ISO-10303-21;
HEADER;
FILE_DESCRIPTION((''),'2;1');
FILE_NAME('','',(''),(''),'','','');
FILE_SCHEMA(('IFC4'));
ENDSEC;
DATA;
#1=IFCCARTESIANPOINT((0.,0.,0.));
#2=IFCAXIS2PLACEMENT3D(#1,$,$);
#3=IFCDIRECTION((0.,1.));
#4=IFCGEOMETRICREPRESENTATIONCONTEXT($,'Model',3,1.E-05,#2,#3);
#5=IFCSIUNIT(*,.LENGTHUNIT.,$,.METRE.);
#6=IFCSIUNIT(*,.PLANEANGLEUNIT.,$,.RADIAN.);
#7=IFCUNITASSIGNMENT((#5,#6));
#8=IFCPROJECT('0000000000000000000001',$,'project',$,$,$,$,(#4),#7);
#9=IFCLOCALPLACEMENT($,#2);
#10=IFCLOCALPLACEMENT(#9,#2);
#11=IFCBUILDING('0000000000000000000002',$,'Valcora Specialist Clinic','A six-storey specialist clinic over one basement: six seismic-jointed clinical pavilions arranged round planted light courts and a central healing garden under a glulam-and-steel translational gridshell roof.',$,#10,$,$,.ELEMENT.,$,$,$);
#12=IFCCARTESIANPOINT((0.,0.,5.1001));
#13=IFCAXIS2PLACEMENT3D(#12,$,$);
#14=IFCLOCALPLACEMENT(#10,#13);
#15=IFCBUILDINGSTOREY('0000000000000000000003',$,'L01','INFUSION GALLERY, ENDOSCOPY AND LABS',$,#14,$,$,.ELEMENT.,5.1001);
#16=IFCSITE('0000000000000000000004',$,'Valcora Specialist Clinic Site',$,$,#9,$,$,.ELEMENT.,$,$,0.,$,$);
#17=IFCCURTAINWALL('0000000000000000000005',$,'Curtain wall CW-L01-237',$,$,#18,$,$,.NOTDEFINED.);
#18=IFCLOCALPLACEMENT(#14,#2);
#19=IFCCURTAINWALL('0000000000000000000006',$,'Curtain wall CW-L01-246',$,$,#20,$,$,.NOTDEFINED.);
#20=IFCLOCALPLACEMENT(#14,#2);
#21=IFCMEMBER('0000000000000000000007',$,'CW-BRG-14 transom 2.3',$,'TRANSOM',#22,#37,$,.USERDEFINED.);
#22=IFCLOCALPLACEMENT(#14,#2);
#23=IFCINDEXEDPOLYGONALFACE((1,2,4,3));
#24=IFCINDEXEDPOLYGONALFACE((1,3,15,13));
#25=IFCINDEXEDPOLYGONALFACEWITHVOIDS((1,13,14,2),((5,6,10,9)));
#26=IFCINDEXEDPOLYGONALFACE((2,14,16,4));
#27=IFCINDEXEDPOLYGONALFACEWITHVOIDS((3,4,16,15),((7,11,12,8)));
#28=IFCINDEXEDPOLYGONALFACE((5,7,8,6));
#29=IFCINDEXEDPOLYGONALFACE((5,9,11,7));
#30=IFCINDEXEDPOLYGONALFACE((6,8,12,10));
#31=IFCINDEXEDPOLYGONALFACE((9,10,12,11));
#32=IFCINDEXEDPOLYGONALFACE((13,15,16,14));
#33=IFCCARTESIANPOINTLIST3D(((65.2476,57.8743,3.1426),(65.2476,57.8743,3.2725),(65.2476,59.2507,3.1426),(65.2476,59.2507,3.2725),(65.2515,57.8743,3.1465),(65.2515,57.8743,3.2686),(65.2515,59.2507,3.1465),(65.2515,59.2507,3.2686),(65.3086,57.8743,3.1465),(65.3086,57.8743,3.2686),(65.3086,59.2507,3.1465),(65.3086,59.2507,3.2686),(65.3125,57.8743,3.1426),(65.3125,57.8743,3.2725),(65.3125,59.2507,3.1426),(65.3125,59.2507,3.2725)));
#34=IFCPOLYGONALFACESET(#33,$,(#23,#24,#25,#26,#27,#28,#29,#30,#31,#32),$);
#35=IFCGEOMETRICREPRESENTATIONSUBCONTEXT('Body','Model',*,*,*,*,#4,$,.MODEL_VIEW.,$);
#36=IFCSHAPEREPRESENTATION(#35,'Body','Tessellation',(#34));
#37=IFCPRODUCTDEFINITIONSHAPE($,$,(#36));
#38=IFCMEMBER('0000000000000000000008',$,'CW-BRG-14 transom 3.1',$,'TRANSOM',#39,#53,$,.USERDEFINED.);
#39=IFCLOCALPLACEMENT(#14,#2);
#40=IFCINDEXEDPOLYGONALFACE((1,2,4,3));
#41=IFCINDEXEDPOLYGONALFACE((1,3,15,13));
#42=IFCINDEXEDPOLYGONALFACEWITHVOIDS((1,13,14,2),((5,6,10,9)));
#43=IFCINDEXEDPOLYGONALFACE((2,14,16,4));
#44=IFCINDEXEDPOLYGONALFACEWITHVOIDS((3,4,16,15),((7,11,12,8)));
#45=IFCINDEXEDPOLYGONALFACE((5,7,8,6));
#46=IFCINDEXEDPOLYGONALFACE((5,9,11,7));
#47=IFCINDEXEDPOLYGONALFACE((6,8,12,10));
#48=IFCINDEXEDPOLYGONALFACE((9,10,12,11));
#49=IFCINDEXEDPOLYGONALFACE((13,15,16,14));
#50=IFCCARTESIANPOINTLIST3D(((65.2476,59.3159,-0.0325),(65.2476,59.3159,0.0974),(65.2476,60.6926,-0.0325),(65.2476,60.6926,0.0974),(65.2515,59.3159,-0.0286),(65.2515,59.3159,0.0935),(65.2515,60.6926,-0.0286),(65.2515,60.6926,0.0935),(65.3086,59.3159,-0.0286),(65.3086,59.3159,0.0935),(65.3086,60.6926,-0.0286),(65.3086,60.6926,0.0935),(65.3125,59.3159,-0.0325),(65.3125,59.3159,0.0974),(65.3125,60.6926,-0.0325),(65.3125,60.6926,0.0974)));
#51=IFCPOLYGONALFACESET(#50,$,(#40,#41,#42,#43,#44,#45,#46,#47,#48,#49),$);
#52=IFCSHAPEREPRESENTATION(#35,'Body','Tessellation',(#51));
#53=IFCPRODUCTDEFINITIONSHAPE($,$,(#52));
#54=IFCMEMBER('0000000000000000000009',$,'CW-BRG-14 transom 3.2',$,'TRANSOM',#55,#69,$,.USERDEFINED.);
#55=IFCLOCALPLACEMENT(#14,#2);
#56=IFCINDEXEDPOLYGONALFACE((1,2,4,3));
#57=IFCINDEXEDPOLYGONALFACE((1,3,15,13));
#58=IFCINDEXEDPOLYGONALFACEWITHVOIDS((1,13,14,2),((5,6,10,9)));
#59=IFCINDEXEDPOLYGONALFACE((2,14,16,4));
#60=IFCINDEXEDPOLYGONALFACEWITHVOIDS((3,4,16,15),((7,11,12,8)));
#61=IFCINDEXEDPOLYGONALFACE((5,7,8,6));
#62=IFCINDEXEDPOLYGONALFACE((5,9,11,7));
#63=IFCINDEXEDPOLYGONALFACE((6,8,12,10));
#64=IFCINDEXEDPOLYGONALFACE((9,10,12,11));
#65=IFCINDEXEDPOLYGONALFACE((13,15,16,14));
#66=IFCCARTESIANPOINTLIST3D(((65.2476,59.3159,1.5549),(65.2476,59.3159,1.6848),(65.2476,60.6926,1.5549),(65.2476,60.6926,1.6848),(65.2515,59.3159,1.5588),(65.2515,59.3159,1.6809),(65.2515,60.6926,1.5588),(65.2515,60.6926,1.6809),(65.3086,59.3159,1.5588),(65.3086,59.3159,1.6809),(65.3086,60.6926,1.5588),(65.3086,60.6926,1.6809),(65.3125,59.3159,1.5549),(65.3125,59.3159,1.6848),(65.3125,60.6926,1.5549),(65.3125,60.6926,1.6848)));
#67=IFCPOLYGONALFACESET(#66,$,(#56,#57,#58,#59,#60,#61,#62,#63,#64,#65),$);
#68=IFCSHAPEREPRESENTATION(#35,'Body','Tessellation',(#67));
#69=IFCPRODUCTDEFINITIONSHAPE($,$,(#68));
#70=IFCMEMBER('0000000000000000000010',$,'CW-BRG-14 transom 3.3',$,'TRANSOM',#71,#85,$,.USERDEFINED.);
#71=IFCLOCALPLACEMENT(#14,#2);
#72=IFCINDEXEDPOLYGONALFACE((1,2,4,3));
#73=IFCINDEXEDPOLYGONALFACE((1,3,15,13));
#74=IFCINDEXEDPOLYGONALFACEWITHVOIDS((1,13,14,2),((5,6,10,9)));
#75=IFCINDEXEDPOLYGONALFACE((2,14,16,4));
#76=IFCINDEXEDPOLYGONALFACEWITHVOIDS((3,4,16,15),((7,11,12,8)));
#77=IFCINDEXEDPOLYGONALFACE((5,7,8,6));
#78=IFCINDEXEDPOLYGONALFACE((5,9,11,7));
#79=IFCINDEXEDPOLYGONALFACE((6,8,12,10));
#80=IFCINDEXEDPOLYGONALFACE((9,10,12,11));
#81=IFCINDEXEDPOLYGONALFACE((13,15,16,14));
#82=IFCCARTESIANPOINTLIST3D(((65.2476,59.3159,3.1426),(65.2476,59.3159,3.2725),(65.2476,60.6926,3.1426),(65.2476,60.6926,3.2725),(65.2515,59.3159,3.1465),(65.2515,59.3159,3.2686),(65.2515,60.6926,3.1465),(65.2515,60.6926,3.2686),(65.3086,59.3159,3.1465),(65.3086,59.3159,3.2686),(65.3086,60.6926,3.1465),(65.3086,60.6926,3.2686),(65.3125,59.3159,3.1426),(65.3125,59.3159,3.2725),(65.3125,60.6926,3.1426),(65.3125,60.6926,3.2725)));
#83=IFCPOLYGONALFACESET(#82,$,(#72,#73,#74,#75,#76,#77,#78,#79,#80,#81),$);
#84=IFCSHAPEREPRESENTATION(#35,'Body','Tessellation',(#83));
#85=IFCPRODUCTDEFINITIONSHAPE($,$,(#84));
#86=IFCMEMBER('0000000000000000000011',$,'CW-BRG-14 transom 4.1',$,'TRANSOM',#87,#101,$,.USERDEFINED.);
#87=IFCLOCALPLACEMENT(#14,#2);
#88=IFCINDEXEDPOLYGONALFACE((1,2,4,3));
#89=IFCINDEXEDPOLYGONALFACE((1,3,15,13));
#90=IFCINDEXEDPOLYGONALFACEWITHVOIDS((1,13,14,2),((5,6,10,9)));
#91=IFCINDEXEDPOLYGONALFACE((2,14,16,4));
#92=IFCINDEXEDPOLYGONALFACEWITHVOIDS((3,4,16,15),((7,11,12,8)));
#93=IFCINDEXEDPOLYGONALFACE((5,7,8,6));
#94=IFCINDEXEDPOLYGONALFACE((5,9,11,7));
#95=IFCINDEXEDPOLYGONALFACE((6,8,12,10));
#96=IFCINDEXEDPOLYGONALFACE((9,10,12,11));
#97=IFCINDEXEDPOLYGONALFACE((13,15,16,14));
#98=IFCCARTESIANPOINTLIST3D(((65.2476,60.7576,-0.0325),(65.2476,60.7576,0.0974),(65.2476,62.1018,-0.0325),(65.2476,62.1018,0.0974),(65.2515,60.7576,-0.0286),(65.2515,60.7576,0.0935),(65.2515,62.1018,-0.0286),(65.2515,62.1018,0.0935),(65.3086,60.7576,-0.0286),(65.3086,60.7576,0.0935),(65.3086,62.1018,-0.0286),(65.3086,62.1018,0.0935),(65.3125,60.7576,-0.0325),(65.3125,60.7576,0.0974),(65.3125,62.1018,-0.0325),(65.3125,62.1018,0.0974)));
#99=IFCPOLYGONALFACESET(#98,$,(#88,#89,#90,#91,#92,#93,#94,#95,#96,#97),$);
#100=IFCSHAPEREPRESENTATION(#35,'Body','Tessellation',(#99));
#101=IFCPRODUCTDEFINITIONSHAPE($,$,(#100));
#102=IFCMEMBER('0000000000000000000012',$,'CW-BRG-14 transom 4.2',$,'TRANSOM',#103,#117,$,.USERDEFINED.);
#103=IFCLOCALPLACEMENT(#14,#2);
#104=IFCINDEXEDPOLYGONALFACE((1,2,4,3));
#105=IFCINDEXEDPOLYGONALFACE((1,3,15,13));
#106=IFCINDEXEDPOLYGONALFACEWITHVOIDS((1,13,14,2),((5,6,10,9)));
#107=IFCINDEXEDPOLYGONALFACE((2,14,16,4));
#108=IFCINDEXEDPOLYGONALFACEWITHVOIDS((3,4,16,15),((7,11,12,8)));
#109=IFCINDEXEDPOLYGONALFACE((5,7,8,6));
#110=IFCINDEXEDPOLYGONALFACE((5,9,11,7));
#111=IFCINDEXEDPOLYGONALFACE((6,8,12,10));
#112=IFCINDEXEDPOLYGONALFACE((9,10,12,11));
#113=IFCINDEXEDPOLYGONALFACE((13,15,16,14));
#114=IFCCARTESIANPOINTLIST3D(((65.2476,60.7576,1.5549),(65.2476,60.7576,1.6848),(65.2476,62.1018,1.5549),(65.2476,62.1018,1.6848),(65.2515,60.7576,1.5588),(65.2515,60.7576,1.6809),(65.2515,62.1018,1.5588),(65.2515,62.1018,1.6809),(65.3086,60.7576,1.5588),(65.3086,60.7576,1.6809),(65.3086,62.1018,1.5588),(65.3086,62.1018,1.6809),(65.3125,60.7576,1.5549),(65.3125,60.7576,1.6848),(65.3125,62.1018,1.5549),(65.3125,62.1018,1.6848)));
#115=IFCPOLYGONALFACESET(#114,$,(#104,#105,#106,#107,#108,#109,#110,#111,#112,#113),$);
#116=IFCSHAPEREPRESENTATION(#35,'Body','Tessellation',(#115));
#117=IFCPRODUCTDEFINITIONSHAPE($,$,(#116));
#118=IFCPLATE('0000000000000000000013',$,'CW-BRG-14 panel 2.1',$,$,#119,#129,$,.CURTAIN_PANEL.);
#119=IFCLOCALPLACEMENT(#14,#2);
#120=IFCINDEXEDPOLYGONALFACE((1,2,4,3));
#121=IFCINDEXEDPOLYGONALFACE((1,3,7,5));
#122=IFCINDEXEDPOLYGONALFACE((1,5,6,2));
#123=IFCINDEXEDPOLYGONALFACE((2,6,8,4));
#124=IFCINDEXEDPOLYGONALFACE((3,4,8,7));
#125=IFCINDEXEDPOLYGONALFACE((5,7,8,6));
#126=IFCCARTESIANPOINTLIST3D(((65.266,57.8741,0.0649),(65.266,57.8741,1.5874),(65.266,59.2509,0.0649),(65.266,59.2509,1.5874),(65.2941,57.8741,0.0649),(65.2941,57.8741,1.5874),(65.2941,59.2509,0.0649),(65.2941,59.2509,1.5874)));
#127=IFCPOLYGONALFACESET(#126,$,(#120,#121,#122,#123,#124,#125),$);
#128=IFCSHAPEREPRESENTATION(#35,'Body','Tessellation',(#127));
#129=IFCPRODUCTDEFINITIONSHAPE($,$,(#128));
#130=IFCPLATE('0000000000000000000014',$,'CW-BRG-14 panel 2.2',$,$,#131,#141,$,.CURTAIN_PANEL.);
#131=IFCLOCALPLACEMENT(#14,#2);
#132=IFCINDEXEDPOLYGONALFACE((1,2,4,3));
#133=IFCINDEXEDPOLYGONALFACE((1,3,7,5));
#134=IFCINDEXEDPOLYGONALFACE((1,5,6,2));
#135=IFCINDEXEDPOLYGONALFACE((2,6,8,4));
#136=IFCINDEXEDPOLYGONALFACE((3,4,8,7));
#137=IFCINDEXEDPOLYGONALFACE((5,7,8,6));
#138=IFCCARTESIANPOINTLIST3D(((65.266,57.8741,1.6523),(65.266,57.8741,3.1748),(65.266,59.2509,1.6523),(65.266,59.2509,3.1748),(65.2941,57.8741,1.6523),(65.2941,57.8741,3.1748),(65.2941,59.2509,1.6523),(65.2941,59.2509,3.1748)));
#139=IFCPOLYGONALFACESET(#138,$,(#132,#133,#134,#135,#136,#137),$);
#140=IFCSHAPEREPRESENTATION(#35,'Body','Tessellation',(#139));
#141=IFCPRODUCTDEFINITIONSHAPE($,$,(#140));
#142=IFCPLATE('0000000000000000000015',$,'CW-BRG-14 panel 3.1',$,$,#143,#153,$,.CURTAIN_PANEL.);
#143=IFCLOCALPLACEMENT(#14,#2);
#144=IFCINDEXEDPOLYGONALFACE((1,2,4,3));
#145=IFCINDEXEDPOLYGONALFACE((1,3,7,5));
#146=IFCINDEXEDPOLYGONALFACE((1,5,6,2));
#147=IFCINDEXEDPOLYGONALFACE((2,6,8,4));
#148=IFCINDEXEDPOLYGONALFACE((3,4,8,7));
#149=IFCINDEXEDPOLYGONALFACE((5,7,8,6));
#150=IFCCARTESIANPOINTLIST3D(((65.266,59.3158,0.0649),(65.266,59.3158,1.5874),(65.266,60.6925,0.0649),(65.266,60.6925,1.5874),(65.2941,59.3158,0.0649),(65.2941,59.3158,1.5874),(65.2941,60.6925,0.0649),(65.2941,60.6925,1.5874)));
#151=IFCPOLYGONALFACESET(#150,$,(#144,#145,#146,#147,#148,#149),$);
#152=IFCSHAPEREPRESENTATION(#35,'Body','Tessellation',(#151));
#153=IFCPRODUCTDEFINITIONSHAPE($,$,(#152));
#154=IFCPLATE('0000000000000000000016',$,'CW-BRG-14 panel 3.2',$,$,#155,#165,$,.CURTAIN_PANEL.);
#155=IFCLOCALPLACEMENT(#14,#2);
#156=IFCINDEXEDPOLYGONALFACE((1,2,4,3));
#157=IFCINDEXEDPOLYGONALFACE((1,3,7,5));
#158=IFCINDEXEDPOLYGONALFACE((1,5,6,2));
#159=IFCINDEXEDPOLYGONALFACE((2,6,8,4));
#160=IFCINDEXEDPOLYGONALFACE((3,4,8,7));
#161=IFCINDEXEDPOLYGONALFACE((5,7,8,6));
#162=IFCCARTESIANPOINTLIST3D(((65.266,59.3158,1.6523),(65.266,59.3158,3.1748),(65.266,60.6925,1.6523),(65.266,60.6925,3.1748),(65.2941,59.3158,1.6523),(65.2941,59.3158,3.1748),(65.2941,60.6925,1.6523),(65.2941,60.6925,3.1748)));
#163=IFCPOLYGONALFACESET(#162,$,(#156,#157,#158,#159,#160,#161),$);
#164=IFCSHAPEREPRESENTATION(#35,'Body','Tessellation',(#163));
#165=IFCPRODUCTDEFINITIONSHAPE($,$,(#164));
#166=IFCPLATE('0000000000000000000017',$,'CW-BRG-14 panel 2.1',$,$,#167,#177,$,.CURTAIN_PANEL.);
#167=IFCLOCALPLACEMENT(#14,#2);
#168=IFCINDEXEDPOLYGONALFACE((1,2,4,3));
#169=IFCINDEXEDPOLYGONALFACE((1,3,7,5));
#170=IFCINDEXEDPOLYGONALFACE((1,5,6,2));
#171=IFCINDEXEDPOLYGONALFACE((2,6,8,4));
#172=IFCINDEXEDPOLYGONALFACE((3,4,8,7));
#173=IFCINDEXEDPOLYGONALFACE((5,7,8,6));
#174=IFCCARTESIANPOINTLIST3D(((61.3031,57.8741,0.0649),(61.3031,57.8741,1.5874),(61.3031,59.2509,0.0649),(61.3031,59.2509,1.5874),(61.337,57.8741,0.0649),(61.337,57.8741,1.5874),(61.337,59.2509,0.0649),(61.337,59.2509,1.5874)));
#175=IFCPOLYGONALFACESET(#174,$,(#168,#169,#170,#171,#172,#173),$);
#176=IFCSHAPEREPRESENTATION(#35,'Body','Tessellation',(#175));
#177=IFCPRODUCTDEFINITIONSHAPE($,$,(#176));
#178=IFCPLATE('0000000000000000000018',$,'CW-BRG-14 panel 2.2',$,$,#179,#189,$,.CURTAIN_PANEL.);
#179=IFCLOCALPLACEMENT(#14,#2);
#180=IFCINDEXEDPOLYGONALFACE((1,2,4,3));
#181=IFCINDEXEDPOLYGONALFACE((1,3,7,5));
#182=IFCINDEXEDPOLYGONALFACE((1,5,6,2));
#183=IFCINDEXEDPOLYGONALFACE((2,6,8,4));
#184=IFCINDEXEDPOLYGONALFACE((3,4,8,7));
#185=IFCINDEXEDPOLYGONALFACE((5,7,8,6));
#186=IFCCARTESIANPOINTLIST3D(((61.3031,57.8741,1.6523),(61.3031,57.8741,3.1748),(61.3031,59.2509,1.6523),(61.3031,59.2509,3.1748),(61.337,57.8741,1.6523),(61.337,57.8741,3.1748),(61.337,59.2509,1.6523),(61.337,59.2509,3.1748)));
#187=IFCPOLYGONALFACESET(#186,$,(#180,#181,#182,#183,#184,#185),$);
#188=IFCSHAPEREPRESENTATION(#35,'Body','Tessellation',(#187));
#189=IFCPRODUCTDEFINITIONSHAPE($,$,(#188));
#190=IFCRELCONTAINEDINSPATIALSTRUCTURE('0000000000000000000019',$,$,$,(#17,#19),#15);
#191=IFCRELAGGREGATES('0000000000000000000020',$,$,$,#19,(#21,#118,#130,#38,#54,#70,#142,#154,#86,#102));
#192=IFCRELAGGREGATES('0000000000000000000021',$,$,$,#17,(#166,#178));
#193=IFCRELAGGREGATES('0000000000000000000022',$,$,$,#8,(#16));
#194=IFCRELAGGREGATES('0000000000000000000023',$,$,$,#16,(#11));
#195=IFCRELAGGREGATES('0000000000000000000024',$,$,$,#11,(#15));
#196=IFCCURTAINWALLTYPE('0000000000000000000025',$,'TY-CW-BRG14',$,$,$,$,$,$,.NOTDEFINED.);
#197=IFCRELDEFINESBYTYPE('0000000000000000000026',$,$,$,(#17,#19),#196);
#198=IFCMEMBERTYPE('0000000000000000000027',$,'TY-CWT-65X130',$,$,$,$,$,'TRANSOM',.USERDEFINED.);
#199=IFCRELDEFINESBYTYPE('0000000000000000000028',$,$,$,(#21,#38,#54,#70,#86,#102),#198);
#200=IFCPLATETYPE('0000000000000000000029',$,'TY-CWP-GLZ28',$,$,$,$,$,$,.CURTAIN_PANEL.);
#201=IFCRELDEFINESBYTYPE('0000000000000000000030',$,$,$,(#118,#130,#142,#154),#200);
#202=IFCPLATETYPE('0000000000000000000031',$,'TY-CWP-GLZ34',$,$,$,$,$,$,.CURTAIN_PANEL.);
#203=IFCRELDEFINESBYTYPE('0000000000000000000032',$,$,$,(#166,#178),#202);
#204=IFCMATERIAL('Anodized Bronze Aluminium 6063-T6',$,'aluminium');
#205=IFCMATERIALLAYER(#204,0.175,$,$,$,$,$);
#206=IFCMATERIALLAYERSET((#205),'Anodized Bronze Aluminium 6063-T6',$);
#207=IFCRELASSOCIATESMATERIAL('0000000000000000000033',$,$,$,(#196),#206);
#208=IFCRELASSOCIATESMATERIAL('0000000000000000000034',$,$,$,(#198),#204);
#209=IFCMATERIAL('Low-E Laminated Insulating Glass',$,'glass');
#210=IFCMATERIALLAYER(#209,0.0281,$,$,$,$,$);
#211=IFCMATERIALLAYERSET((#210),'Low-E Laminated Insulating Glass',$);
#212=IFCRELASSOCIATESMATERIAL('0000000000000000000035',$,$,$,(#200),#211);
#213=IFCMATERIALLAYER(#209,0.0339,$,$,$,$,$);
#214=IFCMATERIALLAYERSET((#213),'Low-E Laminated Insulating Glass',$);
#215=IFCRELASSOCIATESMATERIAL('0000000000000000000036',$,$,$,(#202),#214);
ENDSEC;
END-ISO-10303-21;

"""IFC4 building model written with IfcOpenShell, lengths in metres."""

from ifc_helpers import new_model, si_unit, direction, frame, origin, origin_2d, place, context, subcontext, project, spatial, rectangle, hollow_rectangle, extrude, material, layer, layer_set, material_profile, profile_set, type_object, element, aggregate, save


model = new_model("IFC4")

# Units and contexts
model_context = context("Model", 3, precision=1e-05, world=origin(), true_north=direction((0.0, 1.0)))
body_context = subcontext(model_context, "Body", "Model", "MODEL_VIEW")
ifc_project = project(units=[si_unit("LENGTHUNIT", "METRE"), si_unit("PLANEANGLEUNIT", "RADIAN")], contexts=[model_context])

# Site, building, storey
site_placement = place(None, origin())
site = spatial("IfcSite", under=ifc_project, at=site_placement, Name="Valcora Specialist Clinic Site", CompositionType="ELEMENT", RefElevation=0.0)
building_placement = place(site_placement, origin())
building = spatial("IfcBuilding", under=site, at=building_placement, Name="Valcora Specialist Clinic", Description="A six-storey specialist clinic over one basement: six seismic-jointed clinical pavilions arranged round planted light courts and a central healing garden under a glulam-and-steel translational gridshell roof.", CompositionType="ELEMENT")
storey_placement = place(building_placement, frame((0.0, 0.0, 5.1001)))
storey = spatial("IfcBuildingStorey", under=building, at=storey_placement, Name="L01", Description="INFUSION GALLERY, ENDOSCOPY AND LABS", CompositionType="ELEMENT", Elevation=5.1001)

# Curtain walls
ifc_material_1 = material(Name="Anodized Bronze Aluminium 6063-T6", Category="aluminium")
ifc_layer_1 = layer(ifc_material_1, 0.175)
ifc_layer_set_1 = layer_set([ifc_layer_1], Name="Anodized Bronze Aluminium 6063-T6")
curtain_wall_type = type_object("IfcCurtainWallType", Name="TY-CW-BRG14", PredefinedType="NOTDEFINED", material=ifc_layer_set_1)
curtain_wall_1_placement = place(storey_placement, origin())
curtain_wall_1 = element("IfcCurtainWall", 1, at=curtain_wall_1_placement, inside=storey, type_object=curtain_wall_type, Name="Curtain wall CW-L01-237", PredefinedType="NOTDEFINED")
curtain_wall_2_placement = place(storey_placement, origin())
curtain_wall_2 = element("IfcCurtainWall", 2, at=curtain_wall_2_placement, inside=storey, type_object=curtain_wall_type, Name="Curtain wall CW-L01-246", PredefinedType="NOTDEFINED")

# Members
ifc_material_profile_1 = material_profile(ifc_material_1, hollow_rectangle(XDim=0.0649, YDim=0.1299, WallThickness=0.0039, at=origin_2d()), Name="AL-TRN-65X130")
ifc_profile_set_1 = profile_set([ifc_material_profile_1], Name="Anodized Bronze Aluminium 6063-T6")
member_type_1 = type_object("IfcMemberType", Name="TY-CWT-65X130", ElementType="TRANSOM", PredefinedType="USERDEFINED", material=ifc_profile_set_1)
member_1_placement = place(storey_placement, frame((65.28, 57.8743, 3.2075), z_axis=(0.0, 1.0, 0.0), x_axis=(-1.0, 0.0, 0.0)))
member_1 = element("IfcMember", 3, at=member_1_placement, type_object=member_type_1, Name="CW-BRG-14 transom 2.3", ObjectType="TRANSOM", PredefinedType="USERDEFINED", context=body_context, shape_type="SweptSolid", body=[
    extrude(hollow_rectangle(XDim=0.0649, YDim=0.1299, WallThickness=0.0039, at=origin_2d()), origin(), (0.0, 0.0, 1.0), 1.3765),
])
member_2_placement = place(storey_placement, frame((65.28, 59.3159, 0.0325), z_axis=(0.0, 1.0, 0.0), x_axis=(-1.0, 0.0, 0.0)))
member_2 = element("IfcMember", 4, at=member_2_placement, type_object=member_type_1, Name="CW-BRG-14 transom 3.1", ObjectType="TRANSOM", PredefinedType="USERDEFINED", context=body_context, shape_type="SweptSolid", body=[
    extrude(hollow_rectangle(XDim=0.0649, YDim=0.1299, WallThickness=0.0039, at=origin_2d()), origin(), (0.0, 0.0, 1.0), 1.3767),
])
member_3_placement = place(storey_placement, frame((65.28, 59.3159, 1.6199), z_axis=(0.0, 1.0, 0.0), x_axis=(-1.0, 0.0, 0.0)))
member_3 = element("IfcMember", 5, at=member_3_placement, type_object=member_type_1, Name="CW-BRG-14 transom 3.2", ObjectType="TRANSOM", PredefinedType="USERDEFINED", context=body_context, shape_type="SweptSolid", body=[
    extrude(hollow_rectangle(XDim=0.0649, YDim=0.1299, WallThickness=0.0039, at=origin_2d()), origin(), (0.0, 0.0, 1.0), 1.3767),
])
member_4_placement = place(storey_placement, frame((65.28, 59.3159, 3.2075), z_axis=(0.0, 1.0, 0.0), x_axis=(-1.0, 0.0, 0.0)))
member_4 = element("IfcMember", 6, at=member_4_placement, type_object=member_type_1, Name="CW-BRG-14 transom 3.3", ObjectType="TRANSOM", PredefinedType="USERDEFINED", context=body_context, shape_type="SweptSolid", body=[
    extrude(hollow_rectangle(XDim=0.0649, YDim=0.1299, WallThickness=0.0039, at=origin_2d()), origin(), (0.0, 0.0, 1.0), 1.3767),
])
member_5_placement = place(storey_placement, frame((65.28, 60.7576, 0.0325), z_axis=(0.0, 1.0, 0.0), x_axis=(-1.0, 0.0, 0.0)))
member_5 = element("IfcMember", 7, at=member_5_placement, type_object=member_type_1, Name="CW-BRG-14 transom 4.1", ObjectType="TRANSOM", PredefinedType="USERDEFINED", context=body_context, shape_type="SweptSolid", body=[
    extrude(hollow_rectangle(XDim=0.0649, YDim=0.1299, WallThickness=0.0039, at=origin_2d()), origin(), (0.0, 0.0, 1.0), 1.3442),
])
member_6_placement = place(storey_placement, frame((65.28, 60.7576, 1.6199), z_axis=(0.0, 1.0, 0.0), x_axis=(-1.0, 0.0, 0.0)))
member_6 = element("IfcMember", 8, at=member_6_placement, type_object=member_type_1, Name="CW-BRG-14 transom 4.2", ObjectType="TRANSOM", PredefinedType="USERDEFINED", context=body_context, shape_type="SweptSolid", body=[
    extrude(hollow_rectangle(XDim=0.0649, YDim=0.1299, WallThickness=0.0039, at=origin_2d()), origin(), (0.0, 0.0, 1.0), 1.3442),
])

# Plates
ifc_material_2 = material(Name="Low-E Laminated Insulating Glass", Category="glass")
ifc_layer_2 = layer(ifc_material_2, 0.0281)
ifc_layer_set_2 = layer_set([ifc_layer_2], Name="Low-E Laminated Insulating Glass")
plate_type_1 = type_object("IfcPlateType", Name="TY-CWP-GLZ28", PredefinedType="CURTAIN_PANEL", material=ifc_layer_set_2)
plate_1_placement = place(storey_placement, frame((65.28, 58.5625, 0.0649), z_axis=(0.0, 0.0, 1.0), x_axis=(0.0, 1.0, 0.0)))
plate_1 = element("IfcPlate", 9, at=plate_1_placement, type_object=plate_type_1, Name="CW-BRG-14 panel 2.1", PredefinedType="CURTAIN_PANEL", context=body_context, shape_type="SweptSolid", body=[
    extrude(rectangle(XDim=1.3767, YDim=0.0281, at=origin_2d()), origin(), (0.0, 0.0, 1.0), 1.5225),
])
plate_2_placement = place(storey_placement, frame((65.28, 58.5625, 1.6523), z_axis=(0.0, 0.0, 1.0), x_axis=(0.0, 1.0, 0.0)))
plate_2 = element("IfcPlate", 10, at=plate_2_placement, type_object=plate_type_1, Name="CW-BRG-14 panel 2.2", PredefinedType="CURTAIN_PANEL", context=body_context, shape_type="SweptSolid", body=[
    extrude(rectangle(XDim=1.3767, YDim=0.0281, at=origin_2d()), origin(), (0.0, 0.0, 1.0), 1.5225),
])
plate_3_placement = place(storey_placement, frame((65.28, 60.0042, 0.0649), z_axis=(0.0, 0.0, 1.0), x_axis=(0.0, 1.0, 0.0)))
plate_3 = element("IfcPlate", 11, at=plate_3_placement, type_object=plate_type_1, Name="CW-BRG-14 panel 3.1", PredefinedType="CURTAIN_PANEL", context=body_context, shape_type="SweptSolid", body=[
    extrude(rectangle(XDim=1.3767, YDim=0.0281, at=origin_2d()), origin(), (0.0, 0.0, 1.0), 1.5225),
])
plate_4_placement = place(storey_placement, frame((65.28, 60.0042, 1.6523), z_axis=(0.0, 0.0, 1.0), x_axis=(0.0, 1.0, 0.0)))
plate_4 = element("IfcPlate", 12, at=plate_4_placement, type_object=plate_type_1, Name="CW-BRG-14 panel 3.2", PredefinedType="CURTAIN_PANEL", context=body_context, shape_type="SweptSolid", body=[
    extrude(rectangle(XDim=1.3767, YDim=0.0281, at=origin_2d()), origin(), (0.0, 0.0, 1.0), 1.5225),
])
aggregate(curtain_wall_2, [member_1, plate_1, plate_2, member_2, member_3, member_4, plate_3, plate_4, member_5, member_6])
ifc_layer_3 = layer(ifc_material_2, 0.0339)
ifc_layer_set_3 = layer_set([ifc_layer_3], Name="Low-E Laminated Insulating Glass")
plate_type_2 = type_object("IfcPlateType", Name="TY-CWP-GLZ34", PredefinedType="CURTAIN_PANEL", material=ifc_layer_set_3)
plate_5_placement = place(storey_placement, frame((61.3201, 58.5625, 0.0649), z_axis=(0.0, 0.0, 1.0), x_axis=(0.0, 1.0, 0.0)))
plate_5 = element("IfcPlate", 13, at=plate_5_placement, type_object=plate_type_2, Name="CW-BRG-14 panel 2.1", PredefinedType="CURTAIN_PANEL", context=body_context, shape_type="SweptSolid", body=[
    extrude(rectangle(XDim=1.3767, YDim=0.0339, at=origin_2d()), origin(), (0.0, 0.0, 1.0), 1.5225),
])
plate_6_placement = place(storey_placement, frame((61.3201, 58.5625, 1.6523), z_axis=(0.0, 0.0, 1.0), x_axis=(0.0, 1.0, 0.0)))
plate_6 = element("IfcPlate", 14, at=plate_6_placement, type_object=plate_type_2, Name="CW-BRG-14 panel 2.2", PredefinedType="CURTAIN_PANEL", context=body_context, shape_type="SweptSolid", body=[
    extrude(rectangle(XDim=1.3767, YDim=0.0339, at=origin_2d()), origin(), (0.0, 0.0, 1.0), 1.5225),
])
aggregate(curtain_wall_1, [plate_5, plate_6])

save(model, "model.ifc")
